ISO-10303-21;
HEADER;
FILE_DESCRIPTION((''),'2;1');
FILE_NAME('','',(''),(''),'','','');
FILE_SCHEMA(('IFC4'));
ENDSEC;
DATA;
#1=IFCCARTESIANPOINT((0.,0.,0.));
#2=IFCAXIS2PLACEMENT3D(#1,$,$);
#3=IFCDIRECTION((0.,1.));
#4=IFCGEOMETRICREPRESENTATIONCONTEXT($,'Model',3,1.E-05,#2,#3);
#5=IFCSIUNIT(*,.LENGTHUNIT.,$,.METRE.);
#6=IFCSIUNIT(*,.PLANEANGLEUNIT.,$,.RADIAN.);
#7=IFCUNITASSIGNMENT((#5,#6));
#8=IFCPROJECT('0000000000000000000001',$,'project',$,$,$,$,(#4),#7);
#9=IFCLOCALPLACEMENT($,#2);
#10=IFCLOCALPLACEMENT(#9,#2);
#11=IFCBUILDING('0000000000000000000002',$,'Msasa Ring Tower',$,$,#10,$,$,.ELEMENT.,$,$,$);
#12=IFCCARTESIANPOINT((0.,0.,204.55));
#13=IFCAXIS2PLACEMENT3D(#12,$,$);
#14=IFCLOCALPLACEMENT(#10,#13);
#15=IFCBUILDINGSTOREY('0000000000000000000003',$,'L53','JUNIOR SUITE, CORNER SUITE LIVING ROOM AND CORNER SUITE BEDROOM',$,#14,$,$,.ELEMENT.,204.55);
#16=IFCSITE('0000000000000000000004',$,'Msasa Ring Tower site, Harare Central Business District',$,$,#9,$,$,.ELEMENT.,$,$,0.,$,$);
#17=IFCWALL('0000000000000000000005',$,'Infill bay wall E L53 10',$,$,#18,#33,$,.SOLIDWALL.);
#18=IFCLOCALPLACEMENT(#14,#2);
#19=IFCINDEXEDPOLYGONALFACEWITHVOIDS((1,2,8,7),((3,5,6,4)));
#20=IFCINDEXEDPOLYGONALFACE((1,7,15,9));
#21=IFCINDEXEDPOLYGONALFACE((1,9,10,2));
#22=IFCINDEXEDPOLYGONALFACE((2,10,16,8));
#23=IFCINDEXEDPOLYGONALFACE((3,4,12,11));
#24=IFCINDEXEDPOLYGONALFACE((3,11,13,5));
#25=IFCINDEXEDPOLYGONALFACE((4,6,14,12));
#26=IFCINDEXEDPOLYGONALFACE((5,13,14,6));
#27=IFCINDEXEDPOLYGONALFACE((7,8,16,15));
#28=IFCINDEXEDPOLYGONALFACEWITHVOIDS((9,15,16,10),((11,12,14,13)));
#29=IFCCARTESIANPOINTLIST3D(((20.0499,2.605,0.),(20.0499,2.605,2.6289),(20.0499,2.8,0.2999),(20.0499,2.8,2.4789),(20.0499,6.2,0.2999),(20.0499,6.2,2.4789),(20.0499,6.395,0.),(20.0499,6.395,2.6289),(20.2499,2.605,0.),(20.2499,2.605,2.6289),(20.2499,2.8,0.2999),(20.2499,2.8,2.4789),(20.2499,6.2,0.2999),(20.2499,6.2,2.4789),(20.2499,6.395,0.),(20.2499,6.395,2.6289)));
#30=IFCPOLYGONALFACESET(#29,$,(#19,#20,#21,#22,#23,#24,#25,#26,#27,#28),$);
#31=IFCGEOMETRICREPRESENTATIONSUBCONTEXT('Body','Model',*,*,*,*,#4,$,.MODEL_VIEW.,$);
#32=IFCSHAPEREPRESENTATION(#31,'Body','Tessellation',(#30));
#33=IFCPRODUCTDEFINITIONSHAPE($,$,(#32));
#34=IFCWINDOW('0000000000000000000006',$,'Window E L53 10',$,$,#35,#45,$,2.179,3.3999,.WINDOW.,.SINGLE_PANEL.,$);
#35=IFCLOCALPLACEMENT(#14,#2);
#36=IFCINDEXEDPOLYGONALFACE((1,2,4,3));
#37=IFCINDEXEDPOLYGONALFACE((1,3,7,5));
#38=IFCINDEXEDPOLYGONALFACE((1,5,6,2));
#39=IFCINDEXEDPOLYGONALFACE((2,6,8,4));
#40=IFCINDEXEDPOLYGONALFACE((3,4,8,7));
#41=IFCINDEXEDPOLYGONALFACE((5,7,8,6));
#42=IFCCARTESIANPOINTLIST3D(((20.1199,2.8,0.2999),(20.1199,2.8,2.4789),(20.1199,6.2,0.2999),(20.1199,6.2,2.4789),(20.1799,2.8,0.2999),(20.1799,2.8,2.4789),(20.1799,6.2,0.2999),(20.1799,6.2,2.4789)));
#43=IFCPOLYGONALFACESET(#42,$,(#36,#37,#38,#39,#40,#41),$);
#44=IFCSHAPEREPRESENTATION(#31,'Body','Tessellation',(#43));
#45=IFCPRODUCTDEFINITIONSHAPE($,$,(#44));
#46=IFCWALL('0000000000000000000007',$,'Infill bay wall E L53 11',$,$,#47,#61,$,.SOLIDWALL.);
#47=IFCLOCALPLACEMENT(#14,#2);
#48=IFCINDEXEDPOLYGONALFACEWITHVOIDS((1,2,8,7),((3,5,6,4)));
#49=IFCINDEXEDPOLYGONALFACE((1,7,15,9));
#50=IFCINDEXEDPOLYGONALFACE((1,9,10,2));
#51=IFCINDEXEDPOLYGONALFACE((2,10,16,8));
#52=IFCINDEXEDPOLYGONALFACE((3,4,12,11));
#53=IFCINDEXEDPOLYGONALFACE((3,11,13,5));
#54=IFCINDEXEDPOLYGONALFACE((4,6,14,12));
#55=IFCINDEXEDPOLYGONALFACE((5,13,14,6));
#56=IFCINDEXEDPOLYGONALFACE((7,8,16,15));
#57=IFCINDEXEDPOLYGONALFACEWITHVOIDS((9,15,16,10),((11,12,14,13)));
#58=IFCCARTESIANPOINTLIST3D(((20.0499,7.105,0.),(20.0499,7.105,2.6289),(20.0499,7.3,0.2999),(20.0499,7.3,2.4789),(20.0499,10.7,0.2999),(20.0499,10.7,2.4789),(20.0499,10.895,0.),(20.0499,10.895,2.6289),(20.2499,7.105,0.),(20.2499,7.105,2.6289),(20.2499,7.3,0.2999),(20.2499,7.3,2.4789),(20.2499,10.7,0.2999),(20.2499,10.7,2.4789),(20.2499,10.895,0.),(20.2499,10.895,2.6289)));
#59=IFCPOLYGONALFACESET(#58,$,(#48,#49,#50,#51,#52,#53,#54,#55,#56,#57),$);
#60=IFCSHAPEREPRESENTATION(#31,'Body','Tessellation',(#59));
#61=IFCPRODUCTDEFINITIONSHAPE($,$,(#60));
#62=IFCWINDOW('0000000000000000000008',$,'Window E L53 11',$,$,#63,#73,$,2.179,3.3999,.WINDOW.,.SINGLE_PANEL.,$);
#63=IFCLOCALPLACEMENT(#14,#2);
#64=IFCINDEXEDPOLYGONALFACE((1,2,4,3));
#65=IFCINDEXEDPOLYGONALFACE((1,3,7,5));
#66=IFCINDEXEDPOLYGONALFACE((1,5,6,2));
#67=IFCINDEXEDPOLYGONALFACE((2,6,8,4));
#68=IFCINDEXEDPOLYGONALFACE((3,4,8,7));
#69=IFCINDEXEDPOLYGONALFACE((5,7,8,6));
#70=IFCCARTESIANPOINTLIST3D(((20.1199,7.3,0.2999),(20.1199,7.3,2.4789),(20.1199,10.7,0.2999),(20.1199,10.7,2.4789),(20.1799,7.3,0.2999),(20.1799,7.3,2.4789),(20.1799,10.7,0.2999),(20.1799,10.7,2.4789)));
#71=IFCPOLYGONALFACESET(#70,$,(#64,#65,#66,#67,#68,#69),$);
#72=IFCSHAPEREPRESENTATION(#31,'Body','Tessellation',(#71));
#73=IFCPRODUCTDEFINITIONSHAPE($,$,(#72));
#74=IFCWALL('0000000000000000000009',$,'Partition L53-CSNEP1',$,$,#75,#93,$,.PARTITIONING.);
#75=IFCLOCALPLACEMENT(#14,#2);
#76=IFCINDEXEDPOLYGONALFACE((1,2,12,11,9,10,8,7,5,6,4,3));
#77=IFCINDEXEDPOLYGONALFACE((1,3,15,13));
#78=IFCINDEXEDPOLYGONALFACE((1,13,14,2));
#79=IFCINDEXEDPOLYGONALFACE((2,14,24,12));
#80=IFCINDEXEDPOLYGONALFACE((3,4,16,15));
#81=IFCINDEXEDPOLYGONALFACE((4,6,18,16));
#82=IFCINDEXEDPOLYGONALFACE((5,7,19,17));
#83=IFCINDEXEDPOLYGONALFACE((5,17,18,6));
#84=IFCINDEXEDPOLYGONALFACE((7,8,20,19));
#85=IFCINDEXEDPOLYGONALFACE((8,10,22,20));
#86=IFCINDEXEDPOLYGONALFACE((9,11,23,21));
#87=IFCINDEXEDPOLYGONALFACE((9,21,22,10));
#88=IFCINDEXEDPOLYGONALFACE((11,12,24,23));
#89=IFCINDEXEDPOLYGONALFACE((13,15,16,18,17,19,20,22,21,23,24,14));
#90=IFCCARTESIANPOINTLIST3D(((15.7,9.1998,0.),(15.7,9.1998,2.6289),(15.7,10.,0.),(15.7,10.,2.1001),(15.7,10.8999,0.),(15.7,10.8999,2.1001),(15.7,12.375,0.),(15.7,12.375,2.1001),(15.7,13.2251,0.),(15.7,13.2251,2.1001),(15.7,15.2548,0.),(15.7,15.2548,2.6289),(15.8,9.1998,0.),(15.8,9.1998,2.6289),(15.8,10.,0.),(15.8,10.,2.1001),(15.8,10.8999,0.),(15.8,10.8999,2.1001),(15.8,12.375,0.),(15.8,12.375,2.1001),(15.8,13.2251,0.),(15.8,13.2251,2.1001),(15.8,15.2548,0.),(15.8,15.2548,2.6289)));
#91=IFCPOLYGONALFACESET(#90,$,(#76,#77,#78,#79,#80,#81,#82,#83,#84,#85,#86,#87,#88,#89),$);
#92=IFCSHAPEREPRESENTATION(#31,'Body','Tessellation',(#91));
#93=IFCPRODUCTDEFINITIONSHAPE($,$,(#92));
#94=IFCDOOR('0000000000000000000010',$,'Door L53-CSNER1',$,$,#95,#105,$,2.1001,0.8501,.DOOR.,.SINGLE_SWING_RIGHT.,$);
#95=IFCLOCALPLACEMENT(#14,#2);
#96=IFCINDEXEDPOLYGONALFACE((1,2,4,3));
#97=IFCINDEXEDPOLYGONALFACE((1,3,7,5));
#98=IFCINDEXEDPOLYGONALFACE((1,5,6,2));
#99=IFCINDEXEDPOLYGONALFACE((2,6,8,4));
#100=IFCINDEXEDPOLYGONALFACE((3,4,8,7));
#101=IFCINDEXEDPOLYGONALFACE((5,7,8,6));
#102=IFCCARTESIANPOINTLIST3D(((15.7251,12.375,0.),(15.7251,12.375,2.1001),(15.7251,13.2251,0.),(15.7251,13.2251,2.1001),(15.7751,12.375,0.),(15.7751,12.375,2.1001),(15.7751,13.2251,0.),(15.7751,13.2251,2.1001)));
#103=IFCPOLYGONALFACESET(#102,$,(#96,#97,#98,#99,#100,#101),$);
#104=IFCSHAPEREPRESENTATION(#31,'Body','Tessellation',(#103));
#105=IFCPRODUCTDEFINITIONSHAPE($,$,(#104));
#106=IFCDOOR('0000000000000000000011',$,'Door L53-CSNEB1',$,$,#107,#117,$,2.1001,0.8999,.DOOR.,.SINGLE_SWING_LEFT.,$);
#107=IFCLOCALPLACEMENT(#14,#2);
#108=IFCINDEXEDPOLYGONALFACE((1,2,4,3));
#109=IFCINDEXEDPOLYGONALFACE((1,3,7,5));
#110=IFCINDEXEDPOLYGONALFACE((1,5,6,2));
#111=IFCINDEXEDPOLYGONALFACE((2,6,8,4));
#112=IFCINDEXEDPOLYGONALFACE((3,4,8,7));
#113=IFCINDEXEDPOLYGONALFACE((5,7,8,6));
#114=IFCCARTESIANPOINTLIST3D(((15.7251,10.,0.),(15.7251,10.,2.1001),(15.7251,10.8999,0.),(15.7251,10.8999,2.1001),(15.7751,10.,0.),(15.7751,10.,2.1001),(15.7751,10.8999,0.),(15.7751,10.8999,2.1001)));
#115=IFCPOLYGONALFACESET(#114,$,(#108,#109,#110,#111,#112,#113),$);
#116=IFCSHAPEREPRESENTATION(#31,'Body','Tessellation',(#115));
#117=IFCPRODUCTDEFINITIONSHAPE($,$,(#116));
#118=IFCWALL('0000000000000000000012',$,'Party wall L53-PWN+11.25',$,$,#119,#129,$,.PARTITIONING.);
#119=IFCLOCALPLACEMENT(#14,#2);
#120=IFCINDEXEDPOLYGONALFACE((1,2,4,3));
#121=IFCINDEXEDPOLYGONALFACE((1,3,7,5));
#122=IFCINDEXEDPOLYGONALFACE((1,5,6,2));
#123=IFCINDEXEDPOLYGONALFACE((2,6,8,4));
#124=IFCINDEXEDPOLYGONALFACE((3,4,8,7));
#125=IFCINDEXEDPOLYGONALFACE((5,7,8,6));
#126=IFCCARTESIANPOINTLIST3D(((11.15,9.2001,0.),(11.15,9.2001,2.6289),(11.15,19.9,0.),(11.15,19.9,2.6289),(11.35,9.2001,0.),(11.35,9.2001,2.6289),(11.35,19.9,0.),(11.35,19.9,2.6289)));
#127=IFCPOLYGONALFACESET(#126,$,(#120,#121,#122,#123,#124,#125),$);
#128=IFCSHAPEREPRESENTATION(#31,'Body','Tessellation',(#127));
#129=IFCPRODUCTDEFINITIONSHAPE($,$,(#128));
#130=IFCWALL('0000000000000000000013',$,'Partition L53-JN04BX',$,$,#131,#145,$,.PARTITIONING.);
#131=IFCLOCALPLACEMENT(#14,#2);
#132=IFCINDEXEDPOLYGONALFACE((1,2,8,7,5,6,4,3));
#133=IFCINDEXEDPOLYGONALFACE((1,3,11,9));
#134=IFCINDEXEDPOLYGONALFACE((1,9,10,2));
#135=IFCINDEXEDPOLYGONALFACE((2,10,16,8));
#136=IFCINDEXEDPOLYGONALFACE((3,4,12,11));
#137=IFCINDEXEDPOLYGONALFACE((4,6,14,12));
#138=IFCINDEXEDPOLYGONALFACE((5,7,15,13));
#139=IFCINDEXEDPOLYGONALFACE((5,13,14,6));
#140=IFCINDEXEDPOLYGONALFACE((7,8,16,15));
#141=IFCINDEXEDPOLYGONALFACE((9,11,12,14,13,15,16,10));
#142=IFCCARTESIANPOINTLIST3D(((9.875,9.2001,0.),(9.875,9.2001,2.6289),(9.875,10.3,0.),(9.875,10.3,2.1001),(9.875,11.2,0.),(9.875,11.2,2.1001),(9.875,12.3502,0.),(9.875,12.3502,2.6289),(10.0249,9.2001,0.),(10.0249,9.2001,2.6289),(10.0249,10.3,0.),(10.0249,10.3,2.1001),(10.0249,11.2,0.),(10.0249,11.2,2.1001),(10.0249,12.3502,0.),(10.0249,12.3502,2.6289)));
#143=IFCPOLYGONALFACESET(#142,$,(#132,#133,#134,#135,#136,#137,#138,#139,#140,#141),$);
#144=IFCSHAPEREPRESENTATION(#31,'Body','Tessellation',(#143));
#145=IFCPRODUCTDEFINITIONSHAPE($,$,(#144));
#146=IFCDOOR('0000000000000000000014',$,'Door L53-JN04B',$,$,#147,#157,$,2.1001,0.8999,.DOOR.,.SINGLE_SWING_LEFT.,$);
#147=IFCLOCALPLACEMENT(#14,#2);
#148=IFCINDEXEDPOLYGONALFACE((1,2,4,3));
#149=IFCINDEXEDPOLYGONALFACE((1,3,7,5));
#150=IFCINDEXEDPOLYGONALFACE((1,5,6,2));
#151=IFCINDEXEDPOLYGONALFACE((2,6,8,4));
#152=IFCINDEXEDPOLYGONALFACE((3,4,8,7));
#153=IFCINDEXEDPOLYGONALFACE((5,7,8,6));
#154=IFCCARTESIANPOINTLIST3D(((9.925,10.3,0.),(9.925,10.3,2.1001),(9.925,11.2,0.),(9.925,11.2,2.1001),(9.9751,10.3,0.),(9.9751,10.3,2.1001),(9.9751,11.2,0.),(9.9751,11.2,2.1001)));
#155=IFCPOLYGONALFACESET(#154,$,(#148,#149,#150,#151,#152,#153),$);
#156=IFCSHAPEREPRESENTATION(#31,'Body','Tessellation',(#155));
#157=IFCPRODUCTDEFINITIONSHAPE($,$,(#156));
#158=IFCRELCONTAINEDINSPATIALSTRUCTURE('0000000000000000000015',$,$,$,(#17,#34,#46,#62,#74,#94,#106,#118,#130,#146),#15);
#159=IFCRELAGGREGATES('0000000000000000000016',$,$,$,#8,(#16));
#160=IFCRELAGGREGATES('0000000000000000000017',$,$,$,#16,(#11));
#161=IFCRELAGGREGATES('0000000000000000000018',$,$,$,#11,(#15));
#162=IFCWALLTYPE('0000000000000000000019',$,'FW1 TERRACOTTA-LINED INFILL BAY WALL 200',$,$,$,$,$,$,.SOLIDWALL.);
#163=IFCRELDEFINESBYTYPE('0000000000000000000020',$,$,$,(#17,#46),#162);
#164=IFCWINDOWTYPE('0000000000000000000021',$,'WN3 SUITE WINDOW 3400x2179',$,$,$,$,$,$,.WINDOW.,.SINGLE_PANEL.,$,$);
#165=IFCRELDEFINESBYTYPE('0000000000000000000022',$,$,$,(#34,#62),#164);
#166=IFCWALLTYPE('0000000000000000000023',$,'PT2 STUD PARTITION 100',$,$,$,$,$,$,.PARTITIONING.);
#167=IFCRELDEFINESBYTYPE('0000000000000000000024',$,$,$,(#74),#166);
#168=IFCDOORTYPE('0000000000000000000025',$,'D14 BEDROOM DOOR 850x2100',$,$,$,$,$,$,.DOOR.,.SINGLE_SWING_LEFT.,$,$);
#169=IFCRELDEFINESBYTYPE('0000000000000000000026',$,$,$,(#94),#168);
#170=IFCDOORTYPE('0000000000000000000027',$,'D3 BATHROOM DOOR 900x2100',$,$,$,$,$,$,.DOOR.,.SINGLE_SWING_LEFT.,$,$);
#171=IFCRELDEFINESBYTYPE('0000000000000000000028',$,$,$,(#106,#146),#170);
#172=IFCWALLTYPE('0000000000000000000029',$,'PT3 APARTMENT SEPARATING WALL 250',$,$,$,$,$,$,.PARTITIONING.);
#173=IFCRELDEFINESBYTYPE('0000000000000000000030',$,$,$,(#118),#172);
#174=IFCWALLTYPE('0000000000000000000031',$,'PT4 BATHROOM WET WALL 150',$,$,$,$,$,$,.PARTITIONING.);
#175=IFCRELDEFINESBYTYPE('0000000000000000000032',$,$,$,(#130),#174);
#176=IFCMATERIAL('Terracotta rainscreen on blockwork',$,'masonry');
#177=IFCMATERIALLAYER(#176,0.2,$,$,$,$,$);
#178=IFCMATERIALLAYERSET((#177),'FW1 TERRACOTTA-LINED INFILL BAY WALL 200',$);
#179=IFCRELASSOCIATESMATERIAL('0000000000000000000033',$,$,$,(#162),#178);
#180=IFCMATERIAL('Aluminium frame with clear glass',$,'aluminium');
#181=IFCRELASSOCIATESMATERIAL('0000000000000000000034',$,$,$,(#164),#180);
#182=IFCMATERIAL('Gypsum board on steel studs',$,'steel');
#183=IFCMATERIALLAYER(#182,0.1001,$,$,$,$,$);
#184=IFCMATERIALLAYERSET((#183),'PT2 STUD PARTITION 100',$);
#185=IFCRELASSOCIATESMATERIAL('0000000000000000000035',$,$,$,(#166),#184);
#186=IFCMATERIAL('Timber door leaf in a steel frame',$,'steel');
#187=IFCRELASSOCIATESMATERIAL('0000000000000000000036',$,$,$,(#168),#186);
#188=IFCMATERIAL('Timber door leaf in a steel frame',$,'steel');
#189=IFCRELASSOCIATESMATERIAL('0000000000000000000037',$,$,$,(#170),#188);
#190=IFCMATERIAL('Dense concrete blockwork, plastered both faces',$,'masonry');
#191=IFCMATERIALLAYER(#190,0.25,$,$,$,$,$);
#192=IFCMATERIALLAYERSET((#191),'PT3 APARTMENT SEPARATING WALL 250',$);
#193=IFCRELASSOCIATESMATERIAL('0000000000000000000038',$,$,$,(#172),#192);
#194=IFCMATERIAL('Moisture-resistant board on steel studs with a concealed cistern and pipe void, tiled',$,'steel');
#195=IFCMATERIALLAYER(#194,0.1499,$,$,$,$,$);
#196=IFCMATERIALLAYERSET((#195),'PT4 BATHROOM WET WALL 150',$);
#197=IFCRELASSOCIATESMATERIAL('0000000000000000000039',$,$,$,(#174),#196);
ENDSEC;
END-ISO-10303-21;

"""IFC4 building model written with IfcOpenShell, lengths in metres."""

from ifc_helpers import new_model, si_unit, direction, frame, frame_2d, origin, place, context, subcontext, project, spatial, rectangle, extrude, material, layer, layer_set, type_object, element, fill, save


model = new_model("IFC4")

# Units and contexts
model_context = context("Model", 3, precision=1e-05, world=origin(), true_north=direction((0.0, 1.0)))
body_context = subcontext(model_context, "Body", "Model", "MODEL_VIEW")
ifc_project = project(units=[si_unit("LENGTHUNIT", "METRE"), si_unit("PLANEANGLEUNIT", "RADIAN")], contexts=[model_context])

# Site, building, storey
site_placement = place(None, origin())
site = spatial("IfcSite", under=ifc_project, at=site_placement, Name="Msasa Ring Tower site, Harare Central Business District", CompositionType="ELEMENT", RefElevation=0.0)
building_placement = place(site_placement, origin())
building = spatial("IfcBuilding", under=site, at=building_placement, Name="Msasa Ring Tower", CompositionType="ELEMENT")
storey_placement = place(building_placement, frame((0.0, 0.0, 204.55)))
storey = spatial("IfcBuildingStorey", under=building, at=storey_placement, Name="L53", Description="JUNIOR SUITE, CORNER SUITE LIVING ROOM AND CORNER SUITE BEDROOM", CompositionType="ELEMENT", Elevation=204.55)

# Walls, openings, windows
ifc_material_1 = material(Name="Terracotta rainscreen on blockwork", Category="masonry")
ifc_layer_1 = layer(ifc_material_1, 0.2)
ifc_layer_set_1 = layer_set([ifc_layer_1], Name="FW1 TERRACOTTA-LINED INFILL BAY WALL 200")
wall_type_1 = type_object("IfcWallType", Name="FW1 TERRACOTTA-LINED INFILL BAY WALL 200", PredefinedType="SOLIDWALL", material=ifc_layer_set_1)
wall_1_placement = place(storey_placement, frame((20.1499, 2.605, 0.0), z_axis=(0.0, 0.0, 1.0), x_axis=(0.0, 1.0, 0.0)))
wall_1 = element("IfcWall", 1, at=wall_1_placement, inside=storey, type_object=wall_type_1, Name="Infill bay wall E L53 10", PredefinedType="SOLIDWALL", context=body_context, shape_type="SweptSolid", body=[
    extrude(rectangle(XDim=3.79, YDim=0.2, at=frame_2d((1.895, 0.0))), origin(), (0.0, 0.0, 1.0), 2.6289),
])
opening_1_placement = place(wall_1_placement, frame((0.1951, 0.0, 0.3)))
opening_1 = element("IfcOpeningElement", 2, at=opening_1_placement, cuts=wall_1, PredefinedType="OPENING", context=body_context, shape_type="SweptSolid", body=[
    extrude(rectangle(XDim=3.3999, YDim=2.179, at=frame_2d((1.7, 1.0894))), frame((0.0, 0.1099, 0.0), z_axis=(0.0, -1.0, 0.0), x_axis=(1.0, 0.0, 0.0)), (0.0, 0.0, 1.0), 0.22),
])
ifc_material_2 = material(Name="Aluminium frame with clear glass", Category="aluminium")
window_type = type_object("IfcWindowType", Name="WN3 SUITE WINDOW 3400x2179", PartitioningType="SINGLE_PANEL", PredefinedType="WINDOW", material=ifc_material_2)
window_1_placement = place(opening_1_placement, origin())
window_1 = element("IfcWindow", 3, at=window_1_placement, inside=storey, type_object=window_type, Name="Window E L53 10", OverallHeight=2.179, OverallWidth=3.3999, PartitioningType="SINGLE_PANEL", PredefinedType="WINDOW", context=body_context, shape_type="SweptSolid", body=[
    extrude(rectangle(XDim=3.3999, YDim=2.179, at=frame_2d((1.7, 1.0894))), frame((0.0, 0.03, 0.0), z_axis=(0.0, -1.0, 0.0), x_axis=(1.0, 0.0, 0.0)), (0.0, 0.0, 1.0), 0.0601),
])
fill(opening_1, window_1)
wall_2_placement = place(storey_placement, frame((20.1499, 7.105, 0.0), z_axis=(0.0, 0.0, 1.0), x_axis=(0.0, 1.0, 0.0)))
wall_2 = element("IfcWall", 4, at=wall_2_placement, inside=storey, type_object=wall_type_1, Name="Infill bay wall E L53 11", PredefinedType="SOLIDWALL", context=body_context, shape_type="SweptSolid", body=[
    extrude(rectangle(XDim=3.79, YDim=0.2, at=frame_2d((1.895, 0.0))), origin(), (0.0, 0.0, 1.0), 2.6289),
])
opening_2_placement = place(wall_2_placement, frame((0.1951, 0.0, 0.3)))
opening_2 = element("IfcOpeningElement", 5, at=opening_2_placement, cuts=wall_2, PredefinedType="OPENING", context=body_context, shape_type="SweptSolid", body=[
    extrude(rectangle(XDim=3.3999, YDim=2.179, at=frame_2d((1.7, 1.0894))), frame((0.0, 0.1099, 0.0), z_axis=(0.0, -1.0, 0.0), x_axis=(1.0, 0.0, 0.0)), (0.0, 0.0, 1.0), 0.22),
])
window_2_placement = place(opening_2_placement, origin())
window_2 = element("IfcWindow", 6, at=window_2_placement, inside=storey, type_object=window_type, Name="Window E L53 11", OverallHeight=2.179, OverallWidth=3.3999, PartitioningType="SINGLE_PANEL", PredefinedType="WINDOW", context=body_context, shape_type="SweptSolid", body=[
    extrude(rectangle(XDim=3.3999, YDim=2.179, at=frame_2d((1.7, 1.0894))), frame((0.0, 0.03, 0.0), z_axis=(0.0, -1.0, 0.0), x_axis=(1.0, 0.0, 0.0)), (0.0, 0.0, 1.0), 0.0601),
])
fill(opening_2, window_2)

# Wall, openings, doors
ifc_material_3 = material(Name="Gypsum board on steel studs", Category="steel")
ifc_layer_2 = layer(ifc_material_3, 0.1001)
ifc_layer_set_2 = layer_set([ifc_layer_2], Name="PT2 STUD PARTITION 100")
wall_type_2 = type_object("IfcWallType", Name="PT2 STUD PARTITION 100", PredefinedType="PARTITIONING", material=ifc_layer_set_2)
wall_3_placement = place(storey_placement, frame((15.75, 9.2, 0.0), z_axis=(0.0, 0.0, 1.0), x_axis=(0.0, 1.0, 0.0)))
wall_3 = element("IfcWall", 7, at=wall_3_placement, inside=storey, type_object=wall_type_2, Name="Partition L53-CSNEP1", PredefinedType="PARTITIONING", context=body_context, shape_type="SweptSolid", body=[
    extrude(rectangle(XDim=6.0549, YDim=0.1001, at=frame_2d((3.0273, 0.0))), origin(), (0.0, 0.0, 1.0), 2.6289),
])
opening_3_placement = place(wall_3_placement, frame((3.175, 0.0, 0.0)))
opening_3 = element("IfcOpeningElement", 8, at=opening_3_placement, cuts=wall_3, PredefinedType="OPENING", context=body_context, shape_type="SweptSolid", body=[
    extrude(rectangle(XDim=0.8501, YDim=2.1001, at=frame_2d((0.425, 1.05))), frame((0.0, 0.0601, 0.0), z_axis=(0.0, -1.0, 0.0), x_axis=(1.0, 0.0, 0.0)), (0.0, 0.0, 1.0), 0.1201),
])
opening_4_placement = place(wall_3_placement, frame((0.8, 0.0, 0.0)))
opening_4 = element("IfcOpeningElement", 9, at=opening_4_placement, cuts=wall_3, PredefinedType="OPENING", context=body_context, shape_type="SweptSolid", body=[
    extrude(rectangle(XDim=0.8999, YDim=2.1001, at=frame_2d((0.45, 1.05))), frame((0.0, 0.0601, 0.0), z_axis=(0.0, -1.0, 0.0), x_axis=(1.0, 0.0, 0.0)), (0.0, 0.0, 1.0), 0.1201),
])
ifc_material_4 = material(Name="Timber door leaf in a steel frame", Category="steel")
door_type_1 = type_object("IfcDoorType", Name="D14 BEDROOM DOOR 850x2100", OperationType="SINGLE_SWING_LEFT", PredefinedType="DOOR", material=ifc_material_4)
door_1_placement = place(opening_3_placement, origin())
door_1 = element("IfcDoor", 10, at=door_1_placement, inside=storey, type_object=door_type_1, Name="Door L53-CSNER1", OperationType="SINGLE_SWING_RIGHT", OverallHeight=2.1001, OverallWidth=0.8501, PredefinedType="DOOR", context=body_context, shape_type="SweptSolid", body=[
    extrude(rectangle(XDim=0.8501, YDim=2.1001, at=frame_2d((0.425, 1.05))), frame((0.0, 0.0249, 0.0), z_axis=(0.0, -1.0, 0.0), x_axis=(1.0, 0.0, 0.0)), (0.0, 0.0, 1.0), 0.05),
])
fill(opening_3, door_1)
ifc_material_5 = material(Name="Timber door leaf in a steel frame", Category="steel")
door_type_2 = type_object("IfcDoorType", Name="D3 BATHROOM DOOR 900x2100", OperationType="SINGLE_SWING_LEFT", PredefinedType="DOOR", material=ifc_material_5)
door_2_placement = place(opening_4_placement, origin())
door_2 = element("IfcDoor", 11, at=door_2_placement, inside=storey, type_object=door_type_2, Name="Door L53-CSNEB1", OperationType="SINGLE_SWING_LEFT", OverallHeight=2.1001, OverallWidth=0.8999, PredefinedType="DOOR", context=body_context, shape_type="SweptSolid", body=[
    extrude(rectangle(XDim=0.8999, YDim=2.1001, at=frame_2d((0.45, 1.05))), frame((0.0, 0.0249, 0.0), z_axis=(0.0, -1.0, 0.0), x_axis=(1.0, 0.0, 0.0)), (0.0, 0.0, 1.0), 0.05),
])
fill(opening_4, door_2)

# Wall
ifc_material_6 = material(Name="Dense concrete blockwork, plastered both faces", Category="masonry")
ifc_layer_3 = layer(ifc_material_6, 0.25)
ifc_layer_set_3 = layer_set([ifc_layer_3], Name="PT3 APARTMENT SEPARATING WALL 250")
wall_type_3 = type_object("IfcWallType", Name="PT3 APARTMENT SEPARATING WALL 250", PredefinedType="PARTITIONING", material=ifc_layer_set_3)
wall_4_placement = place(storey_placement, frame((11.25, 9.2, 0.0), z_axis=(0.0, 0.0, 1.0), x_axis=(0.0, 1.0, 0.0)))
element("IfcWall", 12, at=wall_4_placement, inside=storey, type_object=wall_type_3, Name="Party wall L53-PWN+11.25", PredefinedType="PARTITIONING", context=body_context, shape_type="SweptSolid", body=[
    extrude(rectangle(XDim=10.7, YDim=0.2, at=frame_2d((5.3501, 0.0))), origin(), (0.0, 0.0, 1.0), 2.6289),
])

# Wall, opening, door
ifc_material_7 = material(Name="Moisture-resistant board on steel studs with a concealed cistern and pipe void, tiled", Category="steel")
ifc_layer_4 = layer(ifc_material_7, 0.1499)
ifc_layer_set_4 = layer_set([ifc_layer_4], Name="PT4 BATHROOM WET WALL 150")
wall_type_4 = type_object("IfcWallType", Name="PT4 BATHROOM WET WALL 150", PredefinedType="PARTITIONING", material=ifc_layer_set_4)
wall_5_placement = place(storey_placement, frame((9.95, 9.2, 0.0), z_axis=(0.0, 0.0, 1.0), x_axis=(0.0, 1.0, 0.0)))
wall_5 = element("IfcWall", 13, at=wall_5_placement, inside=storey, type_object=wall_type_4, Name="Partition L53-JN04BX", PredefinedType="PARTITIONING", context=body_context, shape_type="SweptSolid", body=[
    extrude(rectangle(XDim=3.1501, YDim=0.1499, at=frame_2d((1.5752, 0.0))), origin(), (0.0, 0.0, 1.0), 2.6289),
])
opening_5_placement = place(wall_5_placement, frame((1.1001, 0.0, 0.0)))
opening_5 = element("IfcOpeningElement", 14, at=opening_5_placement, cuts=wall_5, PredefinedType="OPENING", context=body_context, shape_type="SweptSolid", body=[
    extrude(rectangle(XDim=0.8999, YDim=2.1001, at=frame_2d((0.45, 1.05))), frame((0.0, 0.085, 0.0), z_axis=(0.0, -1.0, 0.0), x_axis=(1.0, 0.0, 0.0)), (0.0, 0.0, 1.0), 0.1699),
])
door_3_placement = place(opening_5_placement, origin())
door_3 = element("IfcDoor", 15, at=door_3_placement, inside=storey, type_object=door_type_2, Name="Door L53-JN04B", OperationType="SINGLE_SWING_LEFT", OverallHeight=2.1001, OverallWidth=0.8999, PredefinedType="DOOR", context=body_context, shape_type="SweptSolid", body=[
    extrude(rectangle(XDim=0.8999, YDim=2.1001, at=frame_2d((0.45, 1.05))), frame((0.0, 0.0249, 0.0), z_axis=(0.0, -1.0, 0.0), x_axis=(1.0, 0.0, 0.0)), (0.0, 0.0, 1.0), 0.05),
])
fill(opening_5, door_3)

save(model, "model.ifc")
